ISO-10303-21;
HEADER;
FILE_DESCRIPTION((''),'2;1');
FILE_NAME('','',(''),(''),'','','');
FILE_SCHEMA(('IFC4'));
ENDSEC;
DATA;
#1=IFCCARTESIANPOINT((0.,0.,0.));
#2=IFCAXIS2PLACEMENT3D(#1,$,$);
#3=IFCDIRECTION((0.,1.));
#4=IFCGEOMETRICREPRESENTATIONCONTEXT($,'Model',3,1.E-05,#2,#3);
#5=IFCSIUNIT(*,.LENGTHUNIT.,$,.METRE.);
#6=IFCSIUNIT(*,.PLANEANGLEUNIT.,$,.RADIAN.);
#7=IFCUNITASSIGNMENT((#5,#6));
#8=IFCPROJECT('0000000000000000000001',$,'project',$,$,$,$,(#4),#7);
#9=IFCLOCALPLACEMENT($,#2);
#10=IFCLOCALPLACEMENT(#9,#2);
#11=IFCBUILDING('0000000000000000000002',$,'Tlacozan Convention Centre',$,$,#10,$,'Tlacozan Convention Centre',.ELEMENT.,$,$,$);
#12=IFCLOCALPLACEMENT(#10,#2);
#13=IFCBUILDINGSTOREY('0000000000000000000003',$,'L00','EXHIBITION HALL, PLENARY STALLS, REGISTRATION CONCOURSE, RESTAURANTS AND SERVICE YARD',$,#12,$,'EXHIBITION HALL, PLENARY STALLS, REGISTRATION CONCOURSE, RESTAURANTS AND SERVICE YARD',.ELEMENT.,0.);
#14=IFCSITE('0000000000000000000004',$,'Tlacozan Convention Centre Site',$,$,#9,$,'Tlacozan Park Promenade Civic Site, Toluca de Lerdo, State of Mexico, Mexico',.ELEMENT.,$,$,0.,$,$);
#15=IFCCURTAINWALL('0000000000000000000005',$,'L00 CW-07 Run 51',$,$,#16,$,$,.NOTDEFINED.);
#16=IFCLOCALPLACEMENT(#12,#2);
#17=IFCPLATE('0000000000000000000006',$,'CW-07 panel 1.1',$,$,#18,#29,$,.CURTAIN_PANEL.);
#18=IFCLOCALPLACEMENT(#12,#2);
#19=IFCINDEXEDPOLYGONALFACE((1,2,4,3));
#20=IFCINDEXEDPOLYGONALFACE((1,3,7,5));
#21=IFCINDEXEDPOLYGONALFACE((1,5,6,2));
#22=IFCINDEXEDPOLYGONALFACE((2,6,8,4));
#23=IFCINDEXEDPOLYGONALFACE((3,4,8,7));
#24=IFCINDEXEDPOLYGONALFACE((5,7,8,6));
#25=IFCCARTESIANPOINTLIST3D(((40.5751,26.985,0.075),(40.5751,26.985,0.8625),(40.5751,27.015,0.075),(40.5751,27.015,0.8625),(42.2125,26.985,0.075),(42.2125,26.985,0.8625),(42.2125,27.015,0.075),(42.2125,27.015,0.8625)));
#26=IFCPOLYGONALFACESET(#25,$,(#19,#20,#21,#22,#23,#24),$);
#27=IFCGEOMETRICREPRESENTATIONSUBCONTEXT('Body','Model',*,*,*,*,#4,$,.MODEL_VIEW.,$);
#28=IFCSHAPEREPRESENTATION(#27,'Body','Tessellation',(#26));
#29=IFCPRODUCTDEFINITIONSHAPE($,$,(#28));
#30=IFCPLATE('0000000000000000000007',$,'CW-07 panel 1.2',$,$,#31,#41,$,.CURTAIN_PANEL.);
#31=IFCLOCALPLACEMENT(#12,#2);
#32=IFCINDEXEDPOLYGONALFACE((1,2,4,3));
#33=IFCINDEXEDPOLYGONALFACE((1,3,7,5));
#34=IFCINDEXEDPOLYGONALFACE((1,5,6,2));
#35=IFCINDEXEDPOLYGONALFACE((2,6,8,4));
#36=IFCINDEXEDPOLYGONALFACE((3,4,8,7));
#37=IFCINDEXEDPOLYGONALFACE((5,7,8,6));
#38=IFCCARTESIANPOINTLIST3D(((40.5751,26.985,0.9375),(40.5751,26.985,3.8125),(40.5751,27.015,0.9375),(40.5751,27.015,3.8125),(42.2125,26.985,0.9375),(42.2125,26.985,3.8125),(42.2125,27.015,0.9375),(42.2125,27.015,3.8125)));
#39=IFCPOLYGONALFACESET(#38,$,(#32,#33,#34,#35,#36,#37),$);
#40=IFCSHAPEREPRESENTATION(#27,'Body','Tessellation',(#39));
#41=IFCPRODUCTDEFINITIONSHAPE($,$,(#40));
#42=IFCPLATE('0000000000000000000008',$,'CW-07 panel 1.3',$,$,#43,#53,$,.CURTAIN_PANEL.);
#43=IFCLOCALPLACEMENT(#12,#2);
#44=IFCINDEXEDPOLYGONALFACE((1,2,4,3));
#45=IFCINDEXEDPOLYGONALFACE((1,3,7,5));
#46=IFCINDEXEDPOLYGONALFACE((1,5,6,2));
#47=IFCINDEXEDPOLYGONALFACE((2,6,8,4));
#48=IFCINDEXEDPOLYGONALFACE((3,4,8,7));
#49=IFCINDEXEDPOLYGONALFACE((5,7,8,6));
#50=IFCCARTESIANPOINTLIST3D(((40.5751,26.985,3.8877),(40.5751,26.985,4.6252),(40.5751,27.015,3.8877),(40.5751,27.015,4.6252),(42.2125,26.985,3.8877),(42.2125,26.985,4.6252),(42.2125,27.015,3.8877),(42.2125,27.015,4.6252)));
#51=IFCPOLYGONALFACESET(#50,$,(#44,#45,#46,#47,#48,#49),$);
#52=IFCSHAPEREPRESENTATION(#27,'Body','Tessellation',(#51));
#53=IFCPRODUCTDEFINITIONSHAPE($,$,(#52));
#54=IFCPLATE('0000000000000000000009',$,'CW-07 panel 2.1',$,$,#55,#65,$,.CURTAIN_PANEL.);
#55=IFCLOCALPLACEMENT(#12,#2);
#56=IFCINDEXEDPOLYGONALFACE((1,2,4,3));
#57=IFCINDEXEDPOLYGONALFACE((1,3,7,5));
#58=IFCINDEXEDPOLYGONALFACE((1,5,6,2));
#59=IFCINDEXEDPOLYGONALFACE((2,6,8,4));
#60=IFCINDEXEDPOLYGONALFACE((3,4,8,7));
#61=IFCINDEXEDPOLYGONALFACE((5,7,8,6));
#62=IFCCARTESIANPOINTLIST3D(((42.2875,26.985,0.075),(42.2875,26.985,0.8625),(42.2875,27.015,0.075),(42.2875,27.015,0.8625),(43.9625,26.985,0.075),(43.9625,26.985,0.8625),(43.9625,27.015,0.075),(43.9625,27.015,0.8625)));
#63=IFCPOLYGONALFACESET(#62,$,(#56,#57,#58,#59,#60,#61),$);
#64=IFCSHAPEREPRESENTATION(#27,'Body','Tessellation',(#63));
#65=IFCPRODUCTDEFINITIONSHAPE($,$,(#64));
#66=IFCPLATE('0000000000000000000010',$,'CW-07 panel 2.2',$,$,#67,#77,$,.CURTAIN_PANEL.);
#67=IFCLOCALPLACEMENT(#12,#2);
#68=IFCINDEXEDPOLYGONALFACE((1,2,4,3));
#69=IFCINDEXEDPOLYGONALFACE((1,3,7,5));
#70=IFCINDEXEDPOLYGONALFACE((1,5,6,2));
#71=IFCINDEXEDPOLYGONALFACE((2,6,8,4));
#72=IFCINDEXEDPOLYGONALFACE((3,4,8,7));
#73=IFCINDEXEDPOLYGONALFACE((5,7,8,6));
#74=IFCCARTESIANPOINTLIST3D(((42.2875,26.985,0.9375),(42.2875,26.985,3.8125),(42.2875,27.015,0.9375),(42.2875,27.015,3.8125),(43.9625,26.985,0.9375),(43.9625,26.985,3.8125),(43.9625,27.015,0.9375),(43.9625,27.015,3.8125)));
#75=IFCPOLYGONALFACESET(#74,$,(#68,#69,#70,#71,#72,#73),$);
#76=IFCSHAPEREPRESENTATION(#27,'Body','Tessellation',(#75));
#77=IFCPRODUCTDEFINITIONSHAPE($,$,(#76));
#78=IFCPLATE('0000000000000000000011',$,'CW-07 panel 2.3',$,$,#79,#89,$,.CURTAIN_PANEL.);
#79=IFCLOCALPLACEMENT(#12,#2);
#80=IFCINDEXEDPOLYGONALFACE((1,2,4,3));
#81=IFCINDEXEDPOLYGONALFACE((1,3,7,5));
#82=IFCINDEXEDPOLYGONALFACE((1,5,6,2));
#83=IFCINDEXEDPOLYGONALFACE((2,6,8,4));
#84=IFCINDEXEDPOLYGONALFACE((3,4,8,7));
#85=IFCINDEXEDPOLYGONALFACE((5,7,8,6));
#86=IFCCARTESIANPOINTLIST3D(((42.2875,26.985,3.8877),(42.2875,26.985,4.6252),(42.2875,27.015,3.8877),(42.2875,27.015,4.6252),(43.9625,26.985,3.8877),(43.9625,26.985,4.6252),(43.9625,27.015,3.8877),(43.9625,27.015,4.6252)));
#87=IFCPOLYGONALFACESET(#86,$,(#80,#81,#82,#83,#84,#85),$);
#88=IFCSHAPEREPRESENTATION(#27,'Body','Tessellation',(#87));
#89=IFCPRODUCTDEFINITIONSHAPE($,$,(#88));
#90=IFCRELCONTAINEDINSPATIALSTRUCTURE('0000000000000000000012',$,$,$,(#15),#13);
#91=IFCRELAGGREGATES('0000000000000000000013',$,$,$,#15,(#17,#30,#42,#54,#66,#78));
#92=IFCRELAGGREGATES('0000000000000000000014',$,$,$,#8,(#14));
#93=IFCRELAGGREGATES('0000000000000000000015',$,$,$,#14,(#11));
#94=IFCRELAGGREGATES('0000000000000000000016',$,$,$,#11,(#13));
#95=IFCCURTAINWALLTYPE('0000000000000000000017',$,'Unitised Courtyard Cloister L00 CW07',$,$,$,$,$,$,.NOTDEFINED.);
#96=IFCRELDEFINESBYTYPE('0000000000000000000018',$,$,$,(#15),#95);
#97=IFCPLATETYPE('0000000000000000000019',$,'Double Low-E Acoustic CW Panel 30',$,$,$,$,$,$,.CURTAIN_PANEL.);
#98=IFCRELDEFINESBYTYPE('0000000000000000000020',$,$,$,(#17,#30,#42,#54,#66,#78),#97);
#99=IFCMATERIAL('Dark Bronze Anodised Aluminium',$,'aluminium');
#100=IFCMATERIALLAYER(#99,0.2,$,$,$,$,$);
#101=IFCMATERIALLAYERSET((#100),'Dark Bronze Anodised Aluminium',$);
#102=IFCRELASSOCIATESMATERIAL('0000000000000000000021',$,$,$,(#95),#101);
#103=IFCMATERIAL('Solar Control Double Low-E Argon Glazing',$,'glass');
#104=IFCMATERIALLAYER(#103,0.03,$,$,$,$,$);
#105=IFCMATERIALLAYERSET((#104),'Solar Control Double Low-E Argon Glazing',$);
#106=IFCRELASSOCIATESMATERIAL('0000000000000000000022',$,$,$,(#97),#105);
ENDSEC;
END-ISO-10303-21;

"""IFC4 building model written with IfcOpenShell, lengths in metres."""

from ifc_helpers import new_model, si_unit, direction, frame, origin, origin_2d, place, context, subcontext, project, spatial, rectangle, extrude, material, layer, layer_set, type_object, element, aggregate, save


model = new_model("IFC4")

# Units and contexts
model_context = context("Model", 3, precision=1e-05, world=origin(), true_north=direction((0.0, 1.0)))
body_context = subcontext(model_context, "Body", "Model", "MODEL_VIEW")
ifc_project = project(units=[si_unit("LENGTHUNIT", "METRE"), si_unit("PLANEANGLEUNIT", "RADIAN")], contexts=[model_context])

# Site, building, storey
site_placement = place(None, origin())
site = spatial("IfcSite", under=ifc_project, at=site_placement, Name="Tlacozan Convention Centre Site", LongName="Tlacozan Park Promenade Civic Site, Toluca de Lerdo, State of Mexico, Mexico", CompositionType="ELEMENT", RefElevation=0.0)
building_placement = place(site_placement, origin())
building = spatial("IfcBuilding", under=site, at=building_placement, Name="Tlacozan Convention Centre", LongName="Tlacozan Convention Centre", CompositionType="ELEMENT")
storey_placement = place(building_placement, origin())
storey = spatial("IfcBuildingStorey", under=building, at=storey_placement, Name="L00", Description="EXHIBITION HALL, PLENARY STALLS, REGISTRATION CONCOURSE, RESTAURANTS AND SERVICE YARD", LongName="EXHIBITION HALL, PLENARY STALLS, REGISTRATION CONCOURSE, RESTAURANTS AND SERVICE YARD", CompositionType="ELEMENT", Elevation=0.0)

# Curtain wall, plates
ifc_material_1 = material(Name="Dark Bronze Anodised Aluminium", Category="aluminium")
ifc_layer_1 = layer(ifc_material_1, 0.2)
ifc_layer_set_1 = layer_set([ifc_layer_1], Name="Dark Bronze Anodised Aluminium")
curtain_wall_type = type_object("IfcCurtainWallType", Name="Unitised Courtyard Cloister L00 CW07", PredefinedType="NOTDEFINED", material=ifc_layer_set_1)
curtain_wall_placement = place(storey_placement, origin())
curtain_wall = element("IfcCurtainWall", 1, at=curtain_wall_placement, inside=storey, type_object=curtain_wall_type, Name="L00 CW-07 Run 51", PredefinedType="NOTDEFINED")
ifc_material_2 = material(Name="Solar Control Double Low-E Argon Glazing", Category="glass")
ifc_layer_2 = layer(ifc_material_2, 0.03)
ifc_layer_set_2 = layer_set([ifc_layer_2], Name="Solar Control Double Low-E Argon Glazing")
plate_type = type_object("IfcPlateType", Name="Double Low-E Acoustic CW Panel 30", PredefinedType="CURTAIN_PANEL", material=ifc_layer_set_2)
plate_1_placement = place(storey_placement, frame((41.3938, 27.0, 0.075), z_axis=(0.0, 0.0, 1.0), x_axis=(1.0, 0.0, 0.0)))
plate_1 = element("IfcPlate", 2, at=plate_1_placement, type_object=plate_type, Name="CW-07 panel 1.1", PredefinedType="CURTAIN_PANEL", context=body_context, shape_type="SweptSolid", body=[
    extrude(rectangle(XDim=1.6375, YDim=0.03, at=origin_2d()), origin(), (0.0, 0.0, 1.0), 0.7876),
])
plate_2_placement = place(storey_placement, frame((41.3938, 27.0, 0.9375), z_axis=(0.0, 0.0, 1.0), x_axis=(1.0, 0.0, 0.0)))
plate_2 = element("IfcPlate", 3, at=plate_2_placement, type_object=plate_type, Name="CW-07 panel 1.2", PredefinedType="CURTAIN_PANEL", context=body_context, shape_type="SweptSolid", body=[
    extrude(rectangle(XDim=1.6375, YDim=0.03, at=origin_2d()), origin(), (0.0, 0.0, 1.0), 2.875),
])
plate_3_placement = place(storey_placement, frame((41.3938, 27.0, 3.8877), z_axis=(0.0, 0.0, 1.0), x_axis=(1.0, 0.0, 0.0)))
plate_3 = element("IfcPlate", 4, at=plate_3_placement, type_object=plate_type, Name="CW-07 panel 1.3", PredefinedType="CURTAIN_PANEL", context=body_context, shape_type="SweptSolid", body=[
    extrude(rectangle(XDim=1.6375, YDim=0.03, at=origin_2d()), origin(), (0.0, 0.0, 1.0), 0.7375),
])
plate_4_placement = place(storey_placement, frame((43.125, 27.0, 0.075), z_axis=(0.0, 0.0, 1.0), x_axis=(1.0, 0.0, 0.0)))
plate_4 = element("IfcPlate", 5, at=plate_4_placement, type_object=plate_type, Name="CW-07 panel 2.1", PredefinedType="CURTAIN_PANEL", context=body_context, shape_type="SweptSolid", body=[
    extrude(rectangle(XDim=1.675, YDim=0.03, at=origin_2d()), origin(), (0.0, 0.0, 1.0), 0.7876),
])
plate_5_placement = place(storey_placement, frame((43.125, 27.0, 0.9375), z_axis=(0.0, 0.0, 1.0), x_axis=(1.0, 0.0, 0.0)))
plate_5 = element("IfcPlate", 6, at=plate_5_placement, type_object=plate_type, Name="CW-07 panel 2.2", PredefinedType="CURTAIN_PANEL", context=body_context, shape_type="SweptSolid", body=[
    extrude(rectangle(XDim=1.675, YDim=0.03, at=origin_2d()), origin(), (0.0, 0.0, 1.0), 2.875),
])
plate_6_placement = place(storey_placement, frame((43.125, 27.0, 3.8877), z_axis=(0.0, 0.0, 1.0), x_axis=(1.0, 0.0, 0.0)))
plate_6 = element("IfcPlate", 7, at=plate_6_placement, type_object=plate_type, Name="CW-07 panel 2.3", PredefinedType="CURTAIN_PANEL", context=body_context, shape_type="SweptSolid", body=[
    extrude(rectangle(XDim=1.675, YDim=0.03, at=origin_2d()), origin(), (0.0, 0.0, 1.0), 0.7375),
])
aggregate(curtain_wall, [plate_1, plate_2, plate_3, plate_4, plate_5, plate_6])

save(model, "model.ifc")
